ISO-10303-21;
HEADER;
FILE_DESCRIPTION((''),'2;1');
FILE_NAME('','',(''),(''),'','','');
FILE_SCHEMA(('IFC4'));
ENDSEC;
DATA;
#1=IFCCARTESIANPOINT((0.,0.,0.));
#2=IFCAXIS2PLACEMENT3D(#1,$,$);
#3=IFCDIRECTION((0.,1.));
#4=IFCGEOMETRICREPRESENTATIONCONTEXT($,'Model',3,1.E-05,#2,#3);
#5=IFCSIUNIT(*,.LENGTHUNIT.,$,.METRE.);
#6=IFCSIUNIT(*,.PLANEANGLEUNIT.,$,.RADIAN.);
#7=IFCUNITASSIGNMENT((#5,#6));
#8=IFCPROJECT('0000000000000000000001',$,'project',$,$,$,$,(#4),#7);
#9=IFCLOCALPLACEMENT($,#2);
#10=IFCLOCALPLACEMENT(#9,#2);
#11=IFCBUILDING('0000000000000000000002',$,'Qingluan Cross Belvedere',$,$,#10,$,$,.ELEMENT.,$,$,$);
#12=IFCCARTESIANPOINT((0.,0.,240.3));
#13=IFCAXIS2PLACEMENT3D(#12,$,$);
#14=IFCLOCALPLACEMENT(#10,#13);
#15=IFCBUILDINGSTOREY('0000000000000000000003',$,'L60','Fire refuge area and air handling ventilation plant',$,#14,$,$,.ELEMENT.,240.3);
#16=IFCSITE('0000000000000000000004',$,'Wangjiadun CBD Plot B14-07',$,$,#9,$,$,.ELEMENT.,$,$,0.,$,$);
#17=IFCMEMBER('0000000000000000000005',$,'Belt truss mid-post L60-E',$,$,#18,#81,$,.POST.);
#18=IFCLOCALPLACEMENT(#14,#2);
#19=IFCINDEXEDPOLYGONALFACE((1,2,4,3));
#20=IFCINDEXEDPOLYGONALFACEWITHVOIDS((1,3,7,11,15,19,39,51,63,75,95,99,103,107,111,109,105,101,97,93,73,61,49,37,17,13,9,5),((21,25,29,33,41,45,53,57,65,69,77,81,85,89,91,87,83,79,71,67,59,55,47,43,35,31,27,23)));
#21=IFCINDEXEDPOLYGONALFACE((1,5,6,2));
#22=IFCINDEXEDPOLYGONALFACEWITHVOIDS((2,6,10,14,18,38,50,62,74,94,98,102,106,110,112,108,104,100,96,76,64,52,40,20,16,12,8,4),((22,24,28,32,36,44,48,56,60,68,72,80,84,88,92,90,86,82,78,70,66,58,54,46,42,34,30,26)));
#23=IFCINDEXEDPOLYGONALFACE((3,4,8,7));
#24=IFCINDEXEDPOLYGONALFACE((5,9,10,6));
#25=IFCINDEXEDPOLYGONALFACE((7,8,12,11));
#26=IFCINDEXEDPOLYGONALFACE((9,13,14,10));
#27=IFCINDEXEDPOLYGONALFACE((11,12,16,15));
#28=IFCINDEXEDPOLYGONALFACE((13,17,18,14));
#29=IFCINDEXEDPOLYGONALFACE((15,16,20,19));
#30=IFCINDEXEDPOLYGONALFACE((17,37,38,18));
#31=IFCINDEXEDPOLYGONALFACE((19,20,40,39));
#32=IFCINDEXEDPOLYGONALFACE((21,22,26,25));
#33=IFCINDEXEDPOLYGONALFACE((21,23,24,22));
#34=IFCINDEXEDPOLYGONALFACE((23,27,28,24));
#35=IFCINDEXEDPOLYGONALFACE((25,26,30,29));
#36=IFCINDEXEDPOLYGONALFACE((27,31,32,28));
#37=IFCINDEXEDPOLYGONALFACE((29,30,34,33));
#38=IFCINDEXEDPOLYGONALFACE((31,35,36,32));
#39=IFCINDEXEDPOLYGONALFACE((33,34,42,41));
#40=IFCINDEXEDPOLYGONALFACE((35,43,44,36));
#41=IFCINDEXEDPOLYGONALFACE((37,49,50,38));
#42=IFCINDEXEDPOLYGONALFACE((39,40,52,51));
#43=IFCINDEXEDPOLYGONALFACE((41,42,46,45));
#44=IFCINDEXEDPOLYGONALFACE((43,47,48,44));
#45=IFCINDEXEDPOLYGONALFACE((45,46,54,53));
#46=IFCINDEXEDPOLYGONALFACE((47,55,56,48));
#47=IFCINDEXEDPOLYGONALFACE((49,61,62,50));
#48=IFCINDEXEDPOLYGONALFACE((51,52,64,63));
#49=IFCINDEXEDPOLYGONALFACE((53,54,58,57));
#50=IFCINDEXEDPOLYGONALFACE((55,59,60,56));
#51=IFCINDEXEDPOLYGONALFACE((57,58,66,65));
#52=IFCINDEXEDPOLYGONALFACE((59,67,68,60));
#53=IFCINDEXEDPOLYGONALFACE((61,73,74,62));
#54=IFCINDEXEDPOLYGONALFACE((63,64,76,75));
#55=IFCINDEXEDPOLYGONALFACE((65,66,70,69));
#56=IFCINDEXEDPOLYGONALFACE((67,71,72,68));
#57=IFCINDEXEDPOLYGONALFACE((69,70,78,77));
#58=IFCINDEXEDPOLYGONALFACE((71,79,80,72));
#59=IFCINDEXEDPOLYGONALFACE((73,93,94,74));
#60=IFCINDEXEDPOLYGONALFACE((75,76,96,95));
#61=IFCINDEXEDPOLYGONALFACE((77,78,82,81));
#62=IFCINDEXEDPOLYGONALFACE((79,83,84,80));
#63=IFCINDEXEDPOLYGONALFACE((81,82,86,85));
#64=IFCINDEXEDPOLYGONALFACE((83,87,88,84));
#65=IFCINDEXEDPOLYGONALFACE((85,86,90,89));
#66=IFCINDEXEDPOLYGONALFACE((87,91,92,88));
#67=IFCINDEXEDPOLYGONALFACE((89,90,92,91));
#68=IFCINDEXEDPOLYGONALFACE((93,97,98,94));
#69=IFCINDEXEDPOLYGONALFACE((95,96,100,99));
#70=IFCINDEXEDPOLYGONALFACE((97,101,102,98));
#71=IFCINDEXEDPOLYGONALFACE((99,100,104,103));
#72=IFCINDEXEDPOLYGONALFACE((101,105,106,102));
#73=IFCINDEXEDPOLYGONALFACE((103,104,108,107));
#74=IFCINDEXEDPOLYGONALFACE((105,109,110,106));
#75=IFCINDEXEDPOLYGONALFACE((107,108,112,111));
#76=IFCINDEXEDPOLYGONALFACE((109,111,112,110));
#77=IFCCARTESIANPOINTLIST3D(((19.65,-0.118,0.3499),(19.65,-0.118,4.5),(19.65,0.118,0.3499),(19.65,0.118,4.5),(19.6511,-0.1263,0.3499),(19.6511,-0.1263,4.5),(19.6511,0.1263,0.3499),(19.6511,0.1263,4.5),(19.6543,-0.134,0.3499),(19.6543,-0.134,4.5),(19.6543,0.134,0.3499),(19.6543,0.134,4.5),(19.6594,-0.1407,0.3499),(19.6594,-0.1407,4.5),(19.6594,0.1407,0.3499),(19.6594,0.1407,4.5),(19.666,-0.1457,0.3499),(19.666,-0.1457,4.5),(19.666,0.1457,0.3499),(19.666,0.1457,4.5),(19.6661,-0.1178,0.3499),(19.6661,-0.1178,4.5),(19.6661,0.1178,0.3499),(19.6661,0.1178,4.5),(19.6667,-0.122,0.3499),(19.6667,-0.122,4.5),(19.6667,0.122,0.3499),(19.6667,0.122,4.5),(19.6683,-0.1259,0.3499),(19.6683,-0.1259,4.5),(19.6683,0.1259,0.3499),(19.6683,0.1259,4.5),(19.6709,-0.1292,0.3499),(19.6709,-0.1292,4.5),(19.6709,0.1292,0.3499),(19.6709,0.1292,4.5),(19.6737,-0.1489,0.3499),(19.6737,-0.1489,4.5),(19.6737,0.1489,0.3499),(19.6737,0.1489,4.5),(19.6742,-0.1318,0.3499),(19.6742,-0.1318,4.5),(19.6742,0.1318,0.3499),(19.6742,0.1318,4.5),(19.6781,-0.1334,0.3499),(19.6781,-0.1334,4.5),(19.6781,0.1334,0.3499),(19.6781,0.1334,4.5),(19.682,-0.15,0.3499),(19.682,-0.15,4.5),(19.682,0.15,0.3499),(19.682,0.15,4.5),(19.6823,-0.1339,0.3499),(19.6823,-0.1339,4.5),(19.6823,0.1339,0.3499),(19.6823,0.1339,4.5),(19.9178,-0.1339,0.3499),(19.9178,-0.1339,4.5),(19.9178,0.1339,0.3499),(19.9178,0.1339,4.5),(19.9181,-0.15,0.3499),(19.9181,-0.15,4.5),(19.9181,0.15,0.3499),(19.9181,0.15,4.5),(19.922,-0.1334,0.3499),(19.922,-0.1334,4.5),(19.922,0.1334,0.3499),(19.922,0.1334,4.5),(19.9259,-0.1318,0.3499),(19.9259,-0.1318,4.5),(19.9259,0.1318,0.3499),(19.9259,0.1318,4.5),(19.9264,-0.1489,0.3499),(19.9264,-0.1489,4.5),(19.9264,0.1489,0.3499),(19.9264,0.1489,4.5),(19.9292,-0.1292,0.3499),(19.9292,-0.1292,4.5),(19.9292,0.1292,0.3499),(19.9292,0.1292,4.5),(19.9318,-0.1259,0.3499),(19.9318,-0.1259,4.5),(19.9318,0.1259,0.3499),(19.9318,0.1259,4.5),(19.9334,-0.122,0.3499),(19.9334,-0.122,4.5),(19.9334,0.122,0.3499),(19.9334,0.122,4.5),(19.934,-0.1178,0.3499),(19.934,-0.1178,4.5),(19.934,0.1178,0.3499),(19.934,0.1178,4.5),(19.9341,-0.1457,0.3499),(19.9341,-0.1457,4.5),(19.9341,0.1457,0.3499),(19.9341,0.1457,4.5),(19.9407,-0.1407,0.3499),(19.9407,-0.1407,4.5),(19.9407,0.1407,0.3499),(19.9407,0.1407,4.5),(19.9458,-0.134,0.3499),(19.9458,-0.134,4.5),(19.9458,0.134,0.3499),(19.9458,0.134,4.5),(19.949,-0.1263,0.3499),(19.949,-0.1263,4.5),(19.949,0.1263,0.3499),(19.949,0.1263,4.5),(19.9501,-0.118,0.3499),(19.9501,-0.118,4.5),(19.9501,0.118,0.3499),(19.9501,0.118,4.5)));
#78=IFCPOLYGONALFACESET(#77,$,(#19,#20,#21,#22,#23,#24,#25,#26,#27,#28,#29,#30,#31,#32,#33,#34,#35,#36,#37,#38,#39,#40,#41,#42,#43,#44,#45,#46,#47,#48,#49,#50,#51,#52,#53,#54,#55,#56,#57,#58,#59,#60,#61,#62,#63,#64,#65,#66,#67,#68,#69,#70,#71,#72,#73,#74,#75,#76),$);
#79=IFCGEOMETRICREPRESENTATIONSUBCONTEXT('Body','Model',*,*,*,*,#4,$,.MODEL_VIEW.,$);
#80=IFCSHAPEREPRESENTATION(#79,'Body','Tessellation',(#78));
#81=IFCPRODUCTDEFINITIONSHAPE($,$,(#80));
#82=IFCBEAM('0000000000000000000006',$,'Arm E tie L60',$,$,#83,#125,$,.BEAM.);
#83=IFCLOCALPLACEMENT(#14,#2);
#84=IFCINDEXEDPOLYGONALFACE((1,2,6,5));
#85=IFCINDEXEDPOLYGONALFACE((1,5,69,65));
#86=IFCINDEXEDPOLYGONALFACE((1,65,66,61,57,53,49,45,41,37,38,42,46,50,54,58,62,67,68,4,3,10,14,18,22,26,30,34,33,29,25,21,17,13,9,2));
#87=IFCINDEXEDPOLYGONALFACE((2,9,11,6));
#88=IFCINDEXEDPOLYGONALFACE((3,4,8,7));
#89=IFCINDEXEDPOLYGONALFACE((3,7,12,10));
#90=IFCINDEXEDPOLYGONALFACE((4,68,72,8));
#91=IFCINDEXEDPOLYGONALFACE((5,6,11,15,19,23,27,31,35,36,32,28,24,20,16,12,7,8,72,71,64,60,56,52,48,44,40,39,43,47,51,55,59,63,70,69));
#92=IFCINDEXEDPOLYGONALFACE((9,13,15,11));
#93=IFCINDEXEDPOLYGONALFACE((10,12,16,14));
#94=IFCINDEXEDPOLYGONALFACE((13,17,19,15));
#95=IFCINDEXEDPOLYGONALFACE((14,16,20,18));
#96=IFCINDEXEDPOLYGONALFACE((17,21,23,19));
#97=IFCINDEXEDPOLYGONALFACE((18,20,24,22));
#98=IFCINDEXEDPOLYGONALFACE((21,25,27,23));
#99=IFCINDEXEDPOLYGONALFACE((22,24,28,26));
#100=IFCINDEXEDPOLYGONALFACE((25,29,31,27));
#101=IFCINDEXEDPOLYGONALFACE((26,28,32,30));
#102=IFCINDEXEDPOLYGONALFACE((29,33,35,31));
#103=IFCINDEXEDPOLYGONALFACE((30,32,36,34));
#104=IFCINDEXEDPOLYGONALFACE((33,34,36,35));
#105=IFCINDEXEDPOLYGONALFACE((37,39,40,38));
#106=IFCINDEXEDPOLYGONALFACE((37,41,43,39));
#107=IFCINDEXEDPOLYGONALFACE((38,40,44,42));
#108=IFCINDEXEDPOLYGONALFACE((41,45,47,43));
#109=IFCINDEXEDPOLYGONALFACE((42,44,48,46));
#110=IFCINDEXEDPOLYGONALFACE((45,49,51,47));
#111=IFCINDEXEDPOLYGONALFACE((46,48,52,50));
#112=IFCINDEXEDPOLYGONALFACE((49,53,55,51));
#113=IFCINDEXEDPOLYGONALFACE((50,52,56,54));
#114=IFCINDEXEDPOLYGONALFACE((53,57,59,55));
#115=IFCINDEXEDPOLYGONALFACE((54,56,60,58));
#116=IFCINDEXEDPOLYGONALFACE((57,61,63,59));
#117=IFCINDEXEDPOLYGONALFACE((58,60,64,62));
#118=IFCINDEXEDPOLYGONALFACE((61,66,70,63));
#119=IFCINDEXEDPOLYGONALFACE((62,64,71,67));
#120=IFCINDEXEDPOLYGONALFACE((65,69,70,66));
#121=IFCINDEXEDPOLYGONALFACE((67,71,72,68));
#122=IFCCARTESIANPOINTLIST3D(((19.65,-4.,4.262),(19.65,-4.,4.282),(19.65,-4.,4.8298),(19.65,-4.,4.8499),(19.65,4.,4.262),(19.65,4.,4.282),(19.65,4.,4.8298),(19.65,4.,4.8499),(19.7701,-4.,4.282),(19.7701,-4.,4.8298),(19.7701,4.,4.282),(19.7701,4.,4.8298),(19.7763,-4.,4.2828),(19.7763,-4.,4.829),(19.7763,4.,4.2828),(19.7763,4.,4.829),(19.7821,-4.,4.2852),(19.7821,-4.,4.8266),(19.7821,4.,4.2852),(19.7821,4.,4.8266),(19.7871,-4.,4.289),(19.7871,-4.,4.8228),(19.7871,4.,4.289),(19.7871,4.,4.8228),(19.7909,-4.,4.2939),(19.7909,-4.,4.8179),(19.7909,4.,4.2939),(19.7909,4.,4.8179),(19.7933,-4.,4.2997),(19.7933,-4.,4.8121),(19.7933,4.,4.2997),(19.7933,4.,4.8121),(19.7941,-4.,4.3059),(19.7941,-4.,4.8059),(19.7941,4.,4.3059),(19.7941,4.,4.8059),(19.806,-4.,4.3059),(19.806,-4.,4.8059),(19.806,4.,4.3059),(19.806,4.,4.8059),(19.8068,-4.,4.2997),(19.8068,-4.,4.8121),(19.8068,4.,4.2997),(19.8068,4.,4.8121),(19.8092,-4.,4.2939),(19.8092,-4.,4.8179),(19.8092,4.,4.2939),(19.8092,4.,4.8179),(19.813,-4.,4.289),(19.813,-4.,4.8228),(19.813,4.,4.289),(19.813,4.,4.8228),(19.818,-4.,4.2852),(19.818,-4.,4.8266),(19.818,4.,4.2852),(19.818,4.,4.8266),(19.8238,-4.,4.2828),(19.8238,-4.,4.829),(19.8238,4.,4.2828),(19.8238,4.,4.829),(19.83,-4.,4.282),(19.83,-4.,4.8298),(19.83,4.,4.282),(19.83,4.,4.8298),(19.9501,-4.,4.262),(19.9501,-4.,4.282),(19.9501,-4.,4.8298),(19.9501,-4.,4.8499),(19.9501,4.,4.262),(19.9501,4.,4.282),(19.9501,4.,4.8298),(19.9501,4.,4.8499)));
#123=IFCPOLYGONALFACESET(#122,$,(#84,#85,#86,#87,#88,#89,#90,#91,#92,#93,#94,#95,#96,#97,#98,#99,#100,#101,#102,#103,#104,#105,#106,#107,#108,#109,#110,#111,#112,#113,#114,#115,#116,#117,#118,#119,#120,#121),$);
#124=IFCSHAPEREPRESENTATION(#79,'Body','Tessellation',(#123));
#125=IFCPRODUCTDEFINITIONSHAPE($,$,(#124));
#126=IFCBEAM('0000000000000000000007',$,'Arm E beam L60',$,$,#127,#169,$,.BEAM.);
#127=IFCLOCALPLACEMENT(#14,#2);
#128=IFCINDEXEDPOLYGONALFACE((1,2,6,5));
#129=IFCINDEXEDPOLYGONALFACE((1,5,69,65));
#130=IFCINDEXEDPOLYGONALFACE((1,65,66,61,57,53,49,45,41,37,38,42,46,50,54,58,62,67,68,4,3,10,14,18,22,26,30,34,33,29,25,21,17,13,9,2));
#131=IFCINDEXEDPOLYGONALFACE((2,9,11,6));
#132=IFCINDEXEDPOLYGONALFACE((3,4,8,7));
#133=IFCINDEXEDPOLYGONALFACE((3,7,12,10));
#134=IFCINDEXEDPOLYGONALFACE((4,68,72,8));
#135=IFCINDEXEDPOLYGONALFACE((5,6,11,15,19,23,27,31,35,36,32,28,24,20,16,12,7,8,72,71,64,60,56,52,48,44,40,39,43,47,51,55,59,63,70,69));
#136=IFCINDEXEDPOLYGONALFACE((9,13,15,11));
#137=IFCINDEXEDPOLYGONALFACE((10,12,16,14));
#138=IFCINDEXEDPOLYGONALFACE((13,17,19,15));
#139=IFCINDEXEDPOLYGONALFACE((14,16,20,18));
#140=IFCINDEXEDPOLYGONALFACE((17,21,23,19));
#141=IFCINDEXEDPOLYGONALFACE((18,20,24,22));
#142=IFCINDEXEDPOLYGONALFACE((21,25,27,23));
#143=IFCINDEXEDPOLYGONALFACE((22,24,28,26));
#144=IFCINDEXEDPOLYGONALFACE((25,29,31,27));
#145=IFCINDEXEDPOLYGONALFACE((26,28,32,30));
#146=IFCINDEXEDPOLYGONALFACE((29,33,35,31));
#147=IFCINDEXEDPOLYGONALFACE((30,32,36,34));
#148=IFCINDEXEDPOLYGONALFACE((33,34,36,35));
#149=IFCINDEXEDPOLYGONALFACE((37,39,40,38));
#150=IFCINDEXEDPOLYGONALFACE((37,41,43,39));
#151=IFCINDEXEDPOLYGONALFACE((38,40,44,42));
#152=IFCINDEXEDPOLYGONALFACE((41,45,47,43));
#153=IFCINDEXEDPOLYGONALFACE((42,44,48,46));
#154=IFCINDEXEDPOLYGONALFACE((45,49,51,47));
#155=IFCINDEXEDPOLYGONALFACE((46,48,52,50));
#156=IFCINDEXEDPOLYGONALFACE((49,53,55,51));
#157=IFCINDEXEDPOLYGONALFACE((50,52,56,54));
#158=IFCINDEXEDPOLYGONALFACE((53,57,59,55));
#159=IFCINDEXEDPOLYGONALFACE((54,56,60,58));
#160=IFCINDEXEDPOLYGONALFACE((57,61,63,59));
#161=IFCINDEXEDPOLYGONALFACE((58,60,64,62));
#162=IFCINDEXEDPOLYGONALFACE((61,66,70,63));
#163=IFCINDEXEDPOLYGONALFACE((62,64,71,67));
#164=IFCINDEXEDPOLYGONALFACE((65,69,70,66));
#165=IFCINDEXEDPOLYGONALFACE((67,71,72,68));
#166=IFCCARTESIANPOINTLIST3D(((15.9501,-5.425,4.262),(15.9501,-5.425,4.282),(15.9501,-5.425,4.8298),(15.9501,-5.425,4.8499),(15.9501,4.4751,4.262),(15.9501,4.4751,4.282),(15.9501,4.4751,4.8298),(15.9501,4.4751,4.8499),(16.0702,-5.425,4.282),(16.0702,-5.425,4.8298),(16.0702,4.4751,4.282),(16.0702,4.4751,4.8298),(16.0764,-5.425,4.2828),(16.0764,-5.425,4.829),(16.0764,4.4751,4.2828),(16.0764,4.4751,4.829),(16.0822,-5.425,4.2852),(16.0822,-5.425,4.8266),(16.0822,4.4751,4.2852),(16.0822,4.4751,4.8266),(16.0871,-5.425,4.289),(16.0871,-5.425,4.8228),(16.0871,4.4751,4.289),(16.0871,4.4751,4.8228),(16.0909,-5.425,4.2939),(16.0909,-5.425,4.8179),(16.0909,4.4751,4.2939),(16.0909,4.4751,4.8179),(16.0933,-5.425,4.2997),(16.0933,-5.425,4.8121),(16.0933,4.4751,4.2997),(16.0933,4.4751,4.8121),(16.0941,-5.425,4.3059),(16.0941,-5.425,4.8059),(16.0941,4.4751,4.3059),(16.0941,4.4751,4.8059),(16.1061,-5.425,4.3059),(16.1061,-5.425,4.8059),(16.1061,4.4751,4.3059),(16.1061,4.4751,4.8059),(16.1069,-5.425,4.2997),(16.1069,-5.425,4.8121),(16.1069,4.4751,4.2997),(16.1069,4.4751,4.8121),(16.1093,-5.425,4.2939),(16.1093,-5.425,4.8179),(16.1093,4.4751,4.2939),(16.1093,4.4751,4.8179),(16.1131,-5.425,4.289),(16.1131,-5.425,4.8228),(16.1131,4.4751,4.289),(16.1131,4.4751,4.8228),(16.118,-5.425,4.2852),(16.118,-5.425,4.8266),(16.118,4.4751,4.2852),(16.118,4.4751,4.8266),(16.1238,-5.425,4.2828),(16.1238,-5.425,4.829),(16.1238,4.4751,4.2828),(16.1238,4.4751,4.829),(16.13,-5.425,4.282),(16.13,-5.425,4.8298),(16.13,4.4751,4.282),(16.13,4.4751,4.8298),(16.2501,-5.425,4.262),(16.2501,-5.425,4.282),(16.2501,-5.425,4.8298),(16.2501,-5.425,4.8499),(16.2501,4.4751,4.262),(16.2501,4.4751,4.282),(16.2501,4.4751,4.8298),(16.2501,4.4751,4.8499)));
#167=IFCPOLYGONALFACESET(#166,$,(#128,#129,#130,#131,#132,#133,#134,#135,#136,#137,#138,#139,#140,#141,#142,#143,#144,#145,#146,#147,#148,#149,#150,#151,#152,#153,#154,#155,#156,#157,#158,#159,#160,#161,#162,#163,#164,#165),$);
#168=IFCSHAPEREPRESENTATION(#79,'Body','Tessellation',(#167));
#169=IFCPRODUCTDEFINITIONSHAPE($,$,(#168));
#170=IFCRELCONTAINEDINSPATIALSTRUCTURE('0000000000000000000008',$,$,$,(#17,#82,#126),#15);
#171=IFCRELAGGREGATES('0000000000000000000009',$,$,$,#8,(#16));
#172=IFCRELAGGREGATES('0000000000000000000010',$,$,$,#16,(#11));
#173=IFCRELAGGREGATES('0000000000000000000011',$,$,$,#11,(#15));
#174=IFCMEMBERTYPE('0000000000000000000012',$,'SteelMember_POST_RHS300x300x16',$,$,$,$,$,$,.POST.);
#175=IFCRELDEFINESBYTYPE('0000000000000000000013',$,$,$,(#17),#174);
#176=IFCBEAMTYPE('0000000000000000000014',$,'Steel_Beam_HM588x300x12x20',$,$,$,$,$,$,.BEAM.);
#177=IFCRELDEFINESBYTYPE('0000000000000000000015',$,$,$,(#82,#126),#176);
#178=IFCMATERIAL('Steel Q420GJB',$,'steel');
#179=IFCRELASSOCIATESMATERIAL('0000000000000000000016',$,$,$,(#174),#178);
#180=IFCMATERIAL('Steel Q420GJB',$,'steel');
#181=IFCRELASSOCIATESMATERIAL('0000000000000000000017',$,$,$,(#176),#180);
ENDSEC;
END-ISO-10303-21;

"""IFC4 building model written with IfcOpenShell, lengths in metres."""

from ifc_helpers import new_model, si_unit, direction, frame, origin, origin_2d, place, context, subcontext, project, spatial, hollow_rectangle, i_section, extrude, material, material_profile, profile_set, type_object, element, save


model = new_model("IFC4")

# Units and contexts
model_context = context("Model", 3, precision=1e-05, world=origin(), true_north=direction((0.0, 1.0)))
body_context = subcontext(model_context, "Body", "Model", "MODEL_VIEW")
ifc_project = project(units=[si_unit("LENGTHUNIT", "METRE"), si_unit("PLANEANGLEUNIT", "RADIAN")], contexts=[model_context])

# Site, building, storey
site_placement = place(None, origin())
site = spatial("IfcSite", under=ifc_project, at=site_placement, Name="Wangjiadun CBD Plot B14-07", CompositionType="ELEMENT", RefElevation=0.0)
building_placement = place(site_placement, origin())
building = spatial("IfcBuilding", under=site, at=building_placement, Name="Qingluan Cross Belvedere", CompositionType="ELEMENT")
storey_placement = place(building_placement, frame((0.0, 0.0, 240.3)))
storey = spatial("IfcBuildingStorey", under=building, at=storey_placement, Name="L60", Description="Fire refuge area and air handling ventilation plant", CompositionType="ELEMENT", Elevation=240.3)

# Member
ifc_material_1 = material(Name="Steel Q420GJB", Category="steel")
ifc_material_profile_1 = material_profile(ifc_material_1, hollow_rectangle(XDim=0.3, YDim=0.3, WallThickness=0.0161, InnerFilletRadius=0.0161, OuterFilletRadius=0.032, at=origin_2d()), Name="RHS300x300x16")
ifc_profile_set_1 = profile_set([ifc_material_profile_1], Name="Steel Q420GJB")
member_type_1 = type_object("IfcMemberType", Name="SteelMember_POST_RHS300x300x16", PredefinedType="POST", material=ifc_profile_set_1)
member_1_placement = place(storey_placement, frame((19.8, 0.0, 0.3499), z_axis=(0.0, 0.0, 1.0), x_axis=(1.0, 0.0, 0.0)))
element("IfcMember", 1, at=member_1_placement, inside=storey, type_object=member_type_1, Name="Belt truss mid-post L60-E", PredefinedType="POST", context=body_context, shape_type="SweptSolid", body=[
    extrude(hollow_rectangle(XDim=0.3, YDim=0.3, WallThickness=0.0161, InnerFilletRadius=0.0161, OuterFilletRadius=0.032, at=origin_2d()), origin(), (0.0, 0.0, 1.0), 4.1501),
])

# Beams
ifc_material_2 = material(Name="Steel Q420GJB", Category="steel")
ifc_material_profile_2 = material_profile(ifc_material_2, i_section(OverallWidth=0.3, OverallDepth=0.5879, WebThickness=0.012, FlangeThickness=0.02, FilletRadius=0.0239, at=origin_2d()), Name="HM588x300x12x20")
ifc_profile_set_2 = profile_set([ifc_material_profile_2], Name="Steel Q420GJB")
beam_type_1 = type_object("IfcBeamType", Name="Steel_Beam_HM588x300x12x20", PredefinedType="BEAM", material=ifc_profile_set_2)
beam_1_placement = place(storey_placement, frame((19.8, -4.0, 4.5559), z_axis=(0.0, 1.0, 0.0), x_axis=(-1.0, 0.0, 0.0)))
element("IfcBeam", 2, at=beam_1_placement, inside=storey, type_object=beam_type_1, Name="Arm E tie L60", PredefinedType="BEAM", context=body_context, shape_type="SweptSolid", body=[
    extrude(i_section(OverallWidth=0.3, OverallDepth=0.5879, WebThickness=0.012, FlangeThickness=0.02, FilletRadius=0.0239, at=origin_2d()), origin(), (0.0, 0.0, 1.0), 8.0),
])
beam_2_placement = place(storey_placement, frame((16.1001, -5.425, 4.5559), z_axis=(0.0, 1.0, 0.0), x_axis=(-1.0, 0.0, 0.0)))
element("IfcBeam", 3, at=beam_2_placement, inside=storey, type_object=beam_type_1, Name="Arm E beam L60", PredefinedType="BEAM", context=body_context, shape_type="SweptSolid", body=[
    extrude(i_section(OverallWidth=0.3, OverallDepth=0.5879, WebThickness=0.012, FlangeThickness=0.02, FilletRadius=0.0239, at=origin_2d()), origin(), (0.0, 0.0, 1.0), 9.9001),
])

save(model, "model.ifc")
